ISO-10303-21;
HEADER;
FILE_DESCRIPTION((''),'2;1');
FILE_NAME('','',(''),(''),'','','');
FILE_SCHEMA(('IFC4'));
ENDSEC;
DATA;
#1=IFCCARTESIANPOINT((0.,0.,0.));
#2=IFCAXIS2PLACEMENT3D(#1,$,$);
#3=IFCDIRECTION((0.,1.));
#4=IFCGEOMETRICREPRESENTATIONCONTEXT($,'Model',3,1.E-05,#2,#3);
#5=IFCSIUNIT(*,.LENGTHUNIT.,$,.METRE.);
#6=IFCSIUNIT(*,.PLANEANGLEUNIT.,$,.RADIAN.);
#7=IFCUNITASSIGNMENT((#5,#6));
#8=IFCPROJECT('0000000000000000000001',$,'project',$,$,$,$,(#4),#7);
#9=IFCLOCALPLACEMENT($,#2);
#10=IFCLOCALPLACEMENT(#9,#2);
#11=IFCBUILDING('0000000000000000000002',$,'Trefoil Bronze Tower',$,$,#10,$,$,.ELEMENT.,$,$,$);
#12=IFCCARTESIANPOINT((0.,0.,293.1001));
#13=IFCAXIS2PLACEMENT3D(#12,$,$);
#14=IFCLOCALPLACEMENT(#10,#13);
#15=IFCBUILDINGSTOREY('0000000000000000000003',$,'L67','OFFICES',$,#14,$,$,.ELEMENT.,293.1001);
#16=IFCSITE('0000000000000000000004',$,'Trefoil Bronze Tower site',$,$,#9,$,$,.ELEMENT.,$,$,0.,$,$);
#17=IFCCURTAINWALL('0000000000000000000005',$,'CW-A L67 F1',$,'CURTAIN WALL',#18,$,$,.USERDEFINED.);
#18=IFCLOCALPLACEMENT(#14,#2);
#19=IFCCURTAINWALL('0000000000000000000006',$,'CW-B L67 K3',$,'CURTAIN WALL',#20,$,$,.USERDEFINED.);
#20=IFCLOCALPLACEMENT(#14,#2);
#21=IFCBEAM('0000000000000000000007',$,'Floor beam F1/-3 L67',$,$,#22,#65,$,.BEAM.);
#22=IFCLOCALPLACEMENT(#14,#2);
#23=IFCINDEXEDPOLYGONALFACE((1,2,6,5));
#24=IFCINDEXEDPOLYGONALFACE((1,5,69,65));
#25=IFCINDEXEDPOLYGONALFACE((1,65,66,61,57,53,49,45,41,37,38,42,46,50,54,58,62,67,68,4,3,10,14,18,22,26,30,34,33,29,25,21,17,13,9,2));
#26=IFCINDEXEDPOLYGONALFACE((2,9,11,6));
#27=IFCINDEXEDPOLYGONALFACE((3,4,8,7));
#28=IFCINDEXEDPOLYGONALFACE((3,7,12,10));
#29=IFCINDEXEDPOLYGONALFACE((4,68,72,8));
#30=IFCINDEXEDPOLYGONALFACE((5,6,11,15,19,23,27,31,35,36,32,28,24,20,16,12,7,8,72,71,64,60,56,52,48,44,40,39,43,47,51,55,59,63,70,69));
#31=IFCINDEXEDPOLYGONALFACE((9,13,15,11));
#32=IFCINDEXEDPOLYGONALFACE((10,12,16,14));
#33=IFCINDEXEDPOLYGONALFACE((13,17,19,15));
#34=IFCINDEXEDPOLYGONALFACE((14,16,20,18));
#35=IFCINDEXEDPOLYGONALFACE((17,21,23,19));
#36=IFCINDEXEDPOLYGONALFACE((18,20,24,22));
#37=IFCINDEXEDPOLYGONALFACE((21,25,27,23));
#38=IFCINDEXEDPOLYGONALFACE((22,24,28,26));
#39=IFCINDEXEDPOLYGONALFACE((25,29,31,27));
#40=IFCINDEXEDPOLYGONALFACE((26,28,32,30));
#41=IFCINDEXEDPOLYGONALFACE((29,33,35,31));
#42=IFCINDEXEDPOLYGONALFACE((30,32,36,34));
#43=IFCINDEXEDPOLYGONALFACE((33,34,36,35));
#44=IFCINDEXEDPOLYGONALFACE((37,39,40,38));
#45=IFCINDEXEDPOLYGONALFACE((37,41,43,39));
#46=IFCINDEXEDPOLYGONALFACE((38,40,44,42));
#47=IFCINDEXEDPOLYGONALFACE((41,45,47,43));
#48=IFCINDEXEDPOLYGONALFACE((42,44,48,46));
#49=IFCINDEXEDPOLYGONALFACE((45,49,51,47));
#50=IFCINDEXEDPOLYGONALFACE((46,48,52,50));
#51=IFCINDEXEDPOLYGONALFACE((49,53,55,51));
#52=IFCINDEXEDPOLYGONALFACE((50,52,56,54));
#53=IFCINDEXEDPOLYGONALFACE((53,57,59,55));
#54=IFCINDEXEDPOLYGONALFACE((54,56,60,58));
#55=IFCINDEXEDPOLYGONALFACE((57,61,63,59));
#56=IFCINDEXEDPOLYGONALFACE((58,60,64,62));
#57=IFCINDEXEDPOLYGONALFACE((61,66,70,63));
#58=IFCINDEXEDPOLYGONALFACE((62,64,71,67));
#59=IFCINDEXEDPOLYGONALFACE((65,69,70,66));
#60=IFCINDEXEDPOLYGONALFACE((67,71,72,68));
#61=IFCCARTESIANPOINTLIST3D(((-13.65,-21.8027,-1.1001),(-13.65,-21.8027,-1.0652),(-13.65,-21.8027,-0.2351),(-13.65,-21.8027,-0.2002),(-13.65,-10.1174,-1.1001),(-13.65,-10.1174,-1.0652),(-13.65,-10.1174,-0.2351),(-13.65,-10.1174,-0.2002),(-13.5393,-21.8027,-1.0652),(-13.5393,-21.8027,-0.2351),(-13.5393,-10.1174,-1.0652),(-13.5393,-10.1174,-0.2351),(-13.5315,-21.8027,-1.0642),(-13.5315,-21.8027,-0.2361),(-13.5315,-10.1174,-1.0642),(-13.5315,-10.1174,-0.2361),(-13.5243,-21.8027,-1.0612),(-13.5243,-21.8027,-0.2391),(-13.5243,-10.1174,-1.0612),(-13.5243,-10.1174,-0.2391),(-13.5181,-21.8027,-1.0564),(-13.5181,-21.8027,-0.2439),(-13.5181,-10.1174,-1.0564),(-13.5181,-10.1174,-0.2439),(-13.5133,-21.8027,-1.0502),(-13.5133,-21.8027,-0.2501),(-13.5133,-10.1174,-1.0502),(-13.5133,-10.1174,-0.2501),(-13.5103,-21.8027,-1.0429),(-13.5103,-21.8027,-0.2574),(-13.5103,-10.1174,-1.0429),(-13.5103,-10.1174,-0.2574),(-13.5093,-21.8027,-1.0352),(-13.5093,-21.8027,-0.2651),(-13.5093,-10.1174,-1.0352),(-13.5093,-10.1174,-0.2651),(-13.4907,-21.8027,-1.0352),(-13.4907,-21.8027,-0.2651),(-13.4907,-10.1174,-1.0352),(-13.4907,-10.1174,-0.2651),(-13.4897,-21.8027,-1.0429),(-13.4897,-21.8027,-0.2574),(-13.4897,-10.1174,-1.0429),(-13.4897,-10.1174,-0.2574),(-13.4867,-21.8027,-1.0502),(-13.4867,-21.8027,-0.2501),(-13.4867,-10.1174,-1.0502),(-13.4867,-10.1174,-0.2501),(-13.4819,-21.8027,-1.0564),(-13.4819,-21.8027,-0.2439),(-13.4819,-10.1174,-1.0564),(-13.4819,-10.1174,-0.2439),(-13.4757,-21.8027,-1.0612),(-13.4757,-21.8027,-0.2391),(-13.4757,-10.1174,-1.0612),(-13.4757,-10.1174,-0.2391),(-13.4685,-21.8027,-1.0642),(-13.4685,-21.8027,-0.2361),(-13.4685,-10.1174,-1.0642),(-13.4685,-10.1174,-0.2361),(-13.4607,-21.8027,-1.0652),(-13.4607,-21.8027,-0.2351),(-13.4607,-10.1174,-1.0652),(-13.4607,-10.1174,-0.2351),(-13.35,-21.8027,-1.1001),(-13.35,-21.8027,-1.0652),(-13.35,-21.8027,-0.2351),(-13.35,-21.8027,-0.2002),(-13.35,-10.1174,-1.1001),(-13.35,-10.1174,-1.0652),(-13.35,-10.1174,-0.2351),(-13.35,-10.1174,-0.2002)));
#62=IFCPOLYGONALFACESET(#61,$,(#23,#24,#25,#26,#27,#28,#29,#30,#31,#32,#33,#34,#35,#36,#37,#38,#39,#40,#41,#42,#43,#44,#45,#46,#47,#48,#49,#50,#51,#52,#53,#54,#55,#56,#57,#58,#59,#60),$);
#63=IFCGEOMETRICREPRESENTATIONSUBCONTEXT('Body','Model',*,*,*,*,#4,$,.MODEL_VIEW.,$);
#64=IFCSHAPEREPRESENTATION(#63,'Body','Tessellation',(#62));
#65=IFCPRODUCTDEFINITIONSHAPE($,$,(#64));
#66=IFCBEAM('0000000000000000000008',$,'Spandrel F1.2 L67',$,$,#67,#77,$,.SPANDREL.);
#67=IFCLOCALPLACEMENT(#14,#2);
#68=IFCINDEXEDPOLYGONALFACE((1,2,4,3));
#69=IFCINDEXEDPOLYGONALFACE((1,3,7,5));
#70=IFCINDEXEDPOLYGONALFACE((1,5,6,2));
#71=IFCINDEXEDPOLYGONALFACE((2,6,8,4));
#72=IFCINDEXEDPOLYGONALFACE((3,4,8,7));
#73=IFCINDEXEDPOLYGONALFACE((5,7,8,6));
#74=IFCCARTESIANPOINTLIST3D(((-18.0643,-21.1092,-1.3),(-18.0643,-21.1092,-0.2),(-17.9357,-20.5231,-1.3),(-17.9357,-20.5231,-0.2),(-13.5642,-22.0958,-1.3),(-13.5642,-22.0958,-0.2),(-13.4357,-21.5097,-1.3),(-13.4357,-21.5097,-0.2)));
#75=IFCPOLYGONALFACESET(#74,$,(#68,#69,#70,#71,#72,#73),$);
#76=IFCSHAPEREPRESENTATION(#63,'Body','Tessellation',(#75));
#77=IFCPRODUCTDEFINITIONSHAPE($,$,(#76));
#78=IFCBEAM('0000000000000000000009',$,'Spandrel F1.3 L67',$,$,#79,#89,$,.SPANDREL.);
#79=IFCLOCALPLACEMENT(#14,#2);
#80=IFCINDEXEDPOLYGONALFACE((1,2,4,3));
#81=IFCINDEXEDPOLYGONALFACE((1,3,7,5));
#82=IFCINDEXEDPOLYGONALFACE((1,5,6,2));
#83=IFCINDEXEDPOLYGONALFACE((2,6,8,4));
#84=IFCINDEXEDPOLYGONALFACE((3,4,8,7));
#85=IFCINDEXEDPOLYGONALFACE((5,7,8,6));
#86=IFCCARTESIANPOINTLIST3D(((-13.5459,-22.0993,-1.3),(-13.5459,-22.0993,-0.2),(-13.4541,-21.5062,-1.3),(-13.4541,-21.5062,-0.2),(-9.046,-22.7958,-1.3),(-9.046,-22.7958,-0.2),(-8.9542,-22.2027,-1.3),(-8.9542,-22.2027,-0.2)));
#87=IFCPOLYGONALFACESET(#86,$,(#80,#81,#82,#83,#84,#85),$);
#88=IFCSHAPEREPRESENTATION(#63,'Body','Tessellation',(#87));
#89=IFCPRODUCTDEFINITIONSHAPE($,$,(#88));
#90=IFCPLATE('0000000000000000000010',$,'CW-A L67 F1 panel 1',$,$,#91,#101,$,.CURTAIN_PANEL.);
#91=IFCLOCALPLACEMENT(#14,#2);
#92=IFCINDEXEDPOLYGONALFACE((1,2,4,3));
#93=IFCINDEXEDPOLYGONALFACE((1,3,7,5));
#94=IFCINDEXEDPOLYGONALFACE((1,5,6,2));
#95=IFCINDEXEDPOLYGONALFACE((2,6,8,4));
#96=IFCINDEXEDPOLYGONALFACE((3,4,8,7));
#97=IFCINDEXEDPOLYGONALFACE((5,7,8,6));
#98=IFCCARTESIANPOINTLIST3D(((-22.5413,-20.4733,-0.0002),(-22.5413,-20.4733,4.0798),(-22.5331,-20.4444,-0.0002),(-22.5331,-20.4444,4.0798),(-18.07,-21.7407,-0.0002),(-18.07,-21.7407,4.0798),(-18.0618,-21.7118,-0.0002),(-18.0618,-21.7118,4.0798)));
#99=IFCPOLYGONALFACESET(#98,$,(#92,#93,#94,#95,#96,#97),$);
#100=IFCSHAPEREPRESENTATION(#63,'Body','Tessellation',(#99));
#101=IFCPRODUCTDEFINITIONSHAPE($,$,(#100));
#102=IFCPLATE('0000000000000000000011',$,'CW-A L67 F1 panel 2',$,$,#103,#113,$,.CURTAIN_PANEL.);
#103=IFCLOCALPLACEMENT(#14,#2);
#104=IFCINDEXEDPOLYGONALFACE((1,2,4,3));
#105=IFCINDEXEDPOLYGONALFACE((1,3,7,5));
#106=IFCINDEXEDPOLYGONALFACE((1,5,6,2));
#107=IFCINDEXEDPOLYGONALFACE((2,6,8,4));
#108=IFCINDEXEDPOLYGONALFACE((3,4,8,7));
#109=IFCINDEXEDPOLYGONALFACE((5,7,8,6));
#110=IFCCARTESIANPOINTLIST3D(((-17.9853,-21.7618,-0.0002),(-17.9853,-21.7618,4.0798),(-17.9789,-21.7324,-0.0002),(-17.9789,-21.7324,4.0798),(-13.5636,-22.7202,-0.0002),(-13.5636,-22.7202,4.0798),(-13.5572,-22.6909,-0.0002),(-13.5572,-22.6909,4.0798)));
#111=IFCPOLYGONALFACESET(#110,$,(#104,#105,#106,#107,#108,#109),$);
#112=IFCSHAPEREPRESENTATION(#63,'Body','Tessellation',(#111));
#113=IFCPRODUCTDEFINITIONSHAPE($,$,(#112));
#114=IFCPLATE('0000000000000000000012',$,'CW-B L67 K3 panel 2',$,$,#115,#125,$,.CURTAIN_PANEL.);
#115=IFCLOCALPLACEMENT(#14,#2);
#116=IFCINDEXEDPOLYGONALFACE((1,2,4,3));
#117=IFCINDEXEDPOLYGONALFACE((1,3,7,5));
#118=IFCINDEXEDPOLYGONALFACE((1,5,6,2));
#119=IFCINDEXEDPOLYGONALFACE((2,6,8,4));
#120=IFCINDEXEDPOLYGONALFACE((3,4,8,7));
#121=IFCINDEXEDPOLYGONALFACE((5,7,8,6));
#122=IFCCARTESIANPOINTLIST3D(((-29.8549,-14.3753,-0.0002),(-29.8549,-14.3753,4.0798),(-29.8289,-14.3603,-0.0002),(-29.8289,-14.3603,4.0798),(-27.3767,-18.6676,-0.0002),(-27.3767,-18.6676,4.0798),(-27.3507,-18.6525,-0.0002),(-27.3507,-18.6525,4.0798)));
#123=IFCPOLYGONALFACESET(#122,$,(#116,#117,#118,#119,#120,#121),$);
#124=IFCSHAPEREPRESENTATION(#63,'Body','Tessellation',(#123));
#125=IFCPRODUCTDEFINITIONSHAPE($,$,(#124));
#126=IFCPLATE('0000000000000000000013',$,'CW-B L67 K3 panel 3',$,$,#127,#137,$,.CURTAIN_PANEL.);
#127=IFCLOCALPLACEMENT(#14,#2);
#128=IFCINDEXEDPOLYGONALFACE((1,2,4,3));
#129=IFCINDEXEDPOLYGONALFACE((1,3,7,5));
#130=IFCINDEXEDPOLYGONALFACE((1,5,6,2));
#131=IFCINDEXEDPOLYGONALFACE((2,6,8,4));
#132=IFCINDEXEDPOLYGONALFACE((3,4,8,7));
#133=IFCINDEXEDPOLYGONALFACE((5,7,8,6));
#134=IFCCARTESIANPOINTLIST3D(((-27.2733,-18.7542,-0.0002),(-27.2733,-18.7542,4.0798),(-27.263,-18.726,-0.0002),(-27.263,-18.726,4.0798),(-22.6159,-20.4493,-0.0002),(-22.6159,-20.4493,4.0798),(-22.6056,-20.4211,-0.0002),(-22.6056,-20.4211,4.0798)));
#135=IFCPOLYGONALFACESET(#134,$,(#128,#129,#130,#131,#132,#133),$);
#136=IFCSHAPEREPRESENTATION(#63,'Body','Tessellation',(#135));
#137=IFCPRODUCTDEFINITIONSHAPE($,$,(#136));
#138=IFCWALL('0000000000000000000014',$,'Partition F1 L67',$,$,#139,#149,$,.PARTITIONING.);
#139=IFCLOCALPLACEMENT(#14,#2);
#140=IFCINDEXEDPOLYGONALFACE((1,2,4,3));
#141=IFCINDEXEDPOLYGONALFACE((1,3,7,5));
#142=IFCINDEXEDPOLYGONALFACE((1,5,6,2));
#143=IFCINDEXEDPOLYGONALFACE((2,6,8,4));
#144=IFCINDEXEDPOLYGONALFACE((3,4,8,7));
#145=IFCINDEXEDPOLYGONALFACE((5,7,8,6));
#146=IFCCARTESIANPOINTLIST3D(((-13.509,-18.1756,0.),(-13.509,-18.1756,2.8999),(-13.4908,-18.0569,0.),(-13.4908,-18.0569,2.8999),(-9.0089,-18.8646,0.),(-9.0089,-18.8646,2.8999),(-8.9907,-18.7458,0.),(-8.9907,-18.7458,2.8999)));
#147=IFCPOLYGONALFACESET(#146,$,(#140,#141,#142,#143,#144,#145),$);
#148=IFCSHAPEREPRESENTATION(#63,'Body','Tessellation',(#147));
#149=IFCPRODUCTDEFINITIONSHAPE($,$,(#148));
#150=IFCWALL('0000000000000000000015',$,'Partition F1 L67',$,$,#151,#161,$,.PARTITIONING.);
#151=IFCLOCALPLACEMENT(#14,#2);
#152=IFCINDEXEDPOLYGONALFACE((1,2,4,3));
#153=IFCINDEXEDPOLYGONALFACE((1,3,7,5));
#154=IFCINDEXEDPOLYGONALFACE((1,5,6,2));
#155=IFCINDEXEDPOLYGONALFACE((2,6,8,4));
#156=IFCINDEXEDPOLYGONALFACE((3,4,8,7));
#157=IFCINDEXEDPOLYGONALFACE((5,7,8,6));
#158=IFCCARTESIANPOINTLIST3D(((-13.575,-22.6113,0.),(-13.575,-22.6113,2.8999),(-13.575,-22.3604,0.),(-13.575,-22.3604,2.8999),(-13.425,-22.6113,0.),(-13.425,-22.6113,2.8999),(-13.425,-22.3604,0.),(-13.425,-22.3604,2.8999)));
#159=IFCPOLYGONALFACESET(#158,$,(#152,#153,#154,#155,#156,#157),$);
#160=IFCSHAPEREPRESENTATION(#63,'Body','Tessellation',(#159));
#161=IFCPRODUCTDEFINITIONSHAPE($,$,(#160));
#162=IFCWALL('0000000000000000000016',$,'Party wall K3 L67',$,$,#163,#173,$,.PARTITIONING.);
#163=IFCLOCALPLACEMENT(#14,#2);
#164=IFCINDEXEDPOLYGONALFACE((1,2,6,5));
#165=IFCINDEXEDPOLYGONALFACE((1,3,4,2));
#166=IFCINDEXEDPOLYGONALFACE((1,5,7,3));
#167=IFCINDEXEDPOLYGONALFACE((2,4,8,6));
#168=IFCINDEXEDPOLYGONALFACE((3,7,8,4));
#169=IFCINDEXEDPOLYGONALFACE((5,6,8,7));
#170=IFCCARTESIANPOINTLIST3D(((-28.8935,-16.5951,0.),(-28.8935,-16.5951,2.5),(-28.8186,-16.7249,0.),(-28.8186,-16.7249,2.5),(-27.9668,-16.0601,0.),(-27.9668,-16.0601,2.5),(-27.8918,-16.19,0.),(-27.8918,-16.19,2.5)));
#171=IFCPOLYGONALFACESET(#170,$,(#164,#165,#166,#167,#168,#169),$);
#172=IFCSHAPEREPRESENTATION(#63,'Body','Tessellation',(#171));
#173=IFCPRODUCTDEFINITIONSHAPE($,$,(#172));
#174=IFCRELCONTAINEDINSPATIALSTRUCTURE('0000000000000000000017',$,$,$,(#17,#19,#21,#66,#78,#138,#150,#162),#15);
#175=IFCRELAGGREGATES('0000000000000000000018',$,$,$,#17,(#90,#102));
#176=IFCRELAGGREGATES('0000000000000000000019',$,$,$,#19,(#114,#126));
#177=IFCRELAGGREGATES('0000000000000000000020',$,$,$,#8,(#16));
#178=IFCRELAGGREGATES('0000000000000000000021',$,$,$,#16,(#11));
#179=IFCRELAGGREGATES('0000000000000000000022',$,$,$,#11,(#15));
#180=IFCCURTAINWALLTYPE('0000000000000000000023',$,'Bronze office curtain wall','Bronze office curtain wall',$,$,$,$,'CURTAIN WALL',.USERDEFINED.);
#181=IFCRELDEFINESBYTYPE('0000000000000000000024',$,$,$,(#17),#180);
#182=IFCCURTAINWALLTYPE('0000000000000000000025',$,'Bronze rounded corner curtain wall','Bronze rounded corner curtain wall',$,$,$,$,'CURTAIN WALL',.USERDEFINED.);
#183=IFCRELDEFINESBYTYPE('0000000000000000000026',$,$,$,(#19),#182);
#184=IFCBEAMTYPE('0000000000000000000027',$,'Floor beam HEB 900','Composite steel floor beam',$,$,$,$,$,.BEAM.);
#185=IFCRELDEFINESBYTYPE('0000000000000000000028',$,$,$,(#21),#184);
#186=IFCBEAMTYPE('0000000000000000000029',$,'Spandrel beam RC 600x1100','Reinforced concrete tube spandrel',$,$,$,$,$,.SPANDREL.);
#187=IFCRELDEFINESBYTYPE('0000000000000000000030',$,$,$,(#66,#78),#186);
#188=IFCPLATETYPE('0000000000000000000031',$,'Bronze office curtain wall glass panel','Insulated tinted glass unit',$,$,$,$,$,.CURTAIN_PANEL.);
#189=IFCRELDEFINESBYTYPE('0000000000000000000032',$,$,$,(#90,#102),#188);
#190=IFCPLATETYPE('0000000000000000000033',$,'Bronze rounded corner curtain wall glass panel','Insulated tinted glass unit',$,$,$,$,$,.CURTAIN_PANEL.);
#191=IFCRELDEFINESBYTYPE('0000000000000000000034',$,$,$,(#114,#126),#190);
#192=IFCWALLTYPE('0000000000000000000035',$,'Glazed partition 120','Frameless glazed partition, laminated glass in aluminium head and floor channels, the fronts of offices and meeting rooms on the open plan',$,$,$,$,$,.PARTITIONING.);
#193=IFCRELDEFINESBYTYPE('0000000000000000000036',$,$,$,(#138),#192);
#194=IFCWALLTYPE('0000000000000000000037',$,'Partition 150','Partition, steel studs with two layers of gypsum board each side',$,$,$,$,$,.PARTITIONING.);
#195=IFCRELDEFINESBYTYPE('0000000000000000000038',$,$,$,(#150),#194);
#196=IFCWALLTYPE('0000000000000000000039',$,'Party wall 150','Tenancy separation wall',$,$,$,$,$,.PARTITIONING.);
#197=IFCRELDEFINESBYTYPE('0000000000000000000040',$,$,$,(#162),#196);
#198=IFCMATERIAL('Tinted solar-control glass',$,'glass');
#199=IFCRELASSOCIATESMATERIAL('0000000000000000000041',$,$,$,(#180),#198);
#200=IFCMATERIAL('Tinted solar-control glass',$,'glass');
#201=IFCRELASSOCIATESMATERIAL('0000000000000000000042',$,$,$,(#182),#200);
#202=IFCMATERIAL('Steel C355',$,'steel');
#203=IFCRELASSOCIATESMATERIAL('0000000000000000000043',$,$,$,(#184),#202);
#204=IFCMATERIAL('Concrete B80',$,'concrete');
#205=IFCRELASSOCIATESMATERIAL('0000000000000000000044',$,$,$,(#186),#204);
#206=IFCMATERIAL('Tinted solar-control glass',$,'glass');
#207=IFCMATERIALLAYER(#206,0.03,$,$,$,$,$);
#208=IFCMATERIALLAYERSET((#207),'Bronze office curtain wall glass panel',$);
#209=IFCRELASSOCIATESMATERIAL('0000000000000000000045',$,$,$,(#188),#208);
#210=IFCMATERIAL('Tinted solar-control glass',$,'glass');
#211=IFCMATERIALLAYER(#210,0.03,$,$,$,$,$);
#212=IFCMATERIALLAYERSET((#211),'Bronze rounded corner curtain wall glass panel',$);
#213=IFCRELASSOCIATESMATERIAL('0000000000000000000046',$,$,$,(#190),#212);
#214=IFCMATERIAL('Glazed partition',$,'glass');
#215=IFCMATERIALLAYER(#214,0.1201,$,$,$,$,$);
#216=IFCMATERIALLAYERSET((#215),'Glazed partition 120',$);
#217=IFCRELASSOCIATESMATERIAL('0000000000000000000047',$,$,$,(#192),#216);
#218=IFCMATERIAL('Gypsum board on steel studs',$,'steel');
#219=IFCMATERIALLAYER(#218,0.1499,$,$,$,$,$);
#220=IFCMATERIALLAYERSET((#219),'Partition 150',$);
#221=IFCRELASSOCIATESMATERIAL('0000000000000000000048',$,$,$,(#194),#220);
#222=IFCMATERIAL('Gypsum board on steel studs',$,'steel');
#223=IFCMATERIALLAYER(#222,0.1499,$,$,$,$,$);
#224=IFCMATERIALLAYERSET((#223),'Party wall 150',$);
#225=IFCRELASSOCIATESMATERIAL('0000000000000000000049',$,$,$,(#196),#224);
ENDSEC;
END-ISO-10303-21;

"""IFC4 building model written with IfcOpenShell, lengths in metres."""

from ifc_helpers import new_model, si_unit, direction, frame, frame_2d, origin, origin_2d, place, context, subcontext, project, spatial, rectangle, i_section, extrude, material, layer, layer_set, material_profile, profile_set, type_object, element, aggregate, save


model = new_model("IFC4")

# Units and contexts
model_context = context("Model", 3, precision=1e-05, world=origin(), true_north=direction((0.0, 1.0)))
body_context = subcontext(model_context, "Body", "Model", "MODEL_VIEW")
ifc_project = project(units=[si_unit("LENGTHUNIT", "METRE"), si_unit("PLANEANGLEUNIT", "RADIAN")], contexts=[model_context])

# Site, building, storey
site_placement = place(None, origin())
site = spatial("IfcSite", under=ifc_project, at=site_placement, Name="Trefoil Bronze Tower site", CompositionType="ELEMENT", RefElevation=0.0)
building_placement = place(site_placement, origin())
building = spatial("IfcBuilding", under=site, at=building_placement, Name="Trefoil Bronze Tower", CompositionType="ELEMENT")
storey_placement = place(building_placement, frame((0.0, 0.0, 293.1001)))
storey = spatial("IfcBuildingStorey", under=building, at=storey_placement, Name="L67", Description="OFFICES", CompositionType="ELEMENT", Elevation=293.1001)

# Curtain walls
ifc_material_1 = material(Name="Tinted solar-control glass", Category="glass")
curtain_wall_type_1 = type_object("IfcCurtainWallType", Name="Bronze office curtain wall", Description="Bronze office curtain wall", ElementType="CURTAIN WALL", PredefinedType="USERDEFINED", material=ifc_material_1)
curtain_wall_1_placement = place(storey_placement, origin())
curtain_wall_1 = element("IfcCurtainWall", 1, at=curtain_wall_1_placement, inside=storey, type_object=curtain_wall_type_1, Name="CW-A L67 F1", ObjectType="CURTAIN WALL", PredefinedType="USERDEFINED")
ifc_material_2 = material(Name="Tinted solar-control glass", Category="glass")
curtain_wall_type_2 = type_object("IfcCurtainWallType", Name="Bronze rounded corner curtain wall", Description="Bronze rounded corner curtain wall", ElementType="CURTAIN WALL", PredefinedType="USERDEFINED", material=ifc_material_2)
curtain_wall_2_placement = place(storey_placement, origin())
curtain_wall_2 = element("IfcCurtainWall", 2, at=curtain_wall_2_placement, inside=storey, type_object=curtain_wall_type_2, Name="CW-B L67 K3", ObjectType="CURTAIN WALL", PredefinedType="USERDEFINED")

# Beams
ifc_material_3 = material(Name="Steel C355", Category="steel")
ifc_material_profile_1 = material_profile(ifc_material_3, i_section(OverallWidth=0.3, OverallDepth=0.8999, WebThickness=0.0186, FlangeThickness=0.0349, FilletRadius=0.03, at=origin_2d()), Name="HEB 900")
ifc_profile_set_1 = profile_set([ifc_material_profile_1], Name="Steel C355")
beam_type_1 = type_object("IfcBeamType", Name="Floor beam HEB 900", Description="Composite steel floor beam", PredefinedType="BEAM", material=ifc_profile_set_1)
beam_1_placement = place(storey_placement, frame((-13.5, -21.8027, -0.6501), z_axis=(0.0, 1.0, 0.0), x_axis=(-1.0, 0.0, 0.0)))
element("IfcBeam", 3, at=beam_1_placement, inside=storey, type_object=beam_type_1, Name="Floor beam F1/-3 L67", PredefinedType="BEAM", context=body_context, shape_type="SweptSolid", body=[
    extrude(i_section(OverallWidth=0.3, OverallDepth=0.8999, WebThickness=0.0186, FlangeThickness=0.0349, FilletRadius=0.03, at=origin_2d()), origin(), (0.0, 0.0, 1.0), 11.6853),
])
ifc_material_4 = material(Name="Concrete B80", Category="concrete")
ifc_material_profile_2 = material_profile(ifc_material_4, rectangle(XDim=0.6001, YDim=1.1001, at=origin_2d()), Name="RC 600x1100")
ifc_profile_set_2 = profile_set([ifc_material_profile_2], Name="Concrete B80")
beam_type_2 = type_object("IfcBeamType", Name="Spandrel beam RC 600x1100", Description="Reinforced concrete tube spandrel", PredefinedType="SPANDREL", material=ifc_profile_set_2)
beam_2_placement = place(storey_placement, frame((-18.0, -20.8162, -0.75), z_axis=(0.9768, -0.214152, 0.0), x_axis=(0.214152, 0.9768, 0.0)))
element("IfcBeam", 4, at=beam_2_placement, inside=storey, type_object=beam_type_2, Name="Spandrel F1.2 L67", PredefinedType="SPANDREL", context=body_context, shape_type="SweptSolid", body=[
    extrude(rectangle(XDim=0.6001, YDim=1.1001, at=origin_2d()), origin(), (0.0, 0.0, 1.0), 4.6069),
])
beam_3_placement = place(storey_placement, frame((-13.5, -21.8027, -0.75), z_axis=(0.988232, -0.152964, 0.0), x_axis=(0.152964, 0.988232, 0.0)))
element("IfcBeam", 5, at=beam_3_placement, inside=storey, type_object=beam_type_2, Name="Spandrel F1.3 L67", PredefinedType="SPANDREL", context=body_context, shape_type="SweptSolid", body=[
    extrude(rectangle(XDim=0.6001, YDim=1.1001, at=origin_2d()), origin(), (0.0, 0.0, 1.0), 4.5535),
])

# Plates
ifc_material_5 = material(Name="Tinted solar-control glass", Category="glass")
ifc_layer_1 = layer(ifc_material_5, 0.03)
ifc_layer_set_1 = layer_set([ifc_layer_1], Name="Bronze office curtain wall glass panel")
plate_type_1 = type_object("IfcPlateType", Name="Bronze office curtain wall glass panel", Description="Insulated tinted glass unit", PredefinedType="CURTAIN_PANEL", material=ifc_layer_set_1)
plate_1_placement = place(storey_placement, frame((-20.3015, -21.0925, -0.0002), z_axis=(0.0, 0.0, 1.0), x_axis=(0.962098, -0.272705, 0.0)))
plate_1 = element("IfcPlate", 6, at=plate_1_placement, type_object=plate_type_1, Name="CW-A L67 F1 panel 1", PredefinedType="CURTAIN_PANEL", context=body_context, shape_type="SweptSolid", body=[
    extrude(rectangle(XDim=4.6475, YDim=0.03, at=origin_2d()), origin(), (0.0, 0.0, 1.0), 4.0801),
])
plate_2_placement = place(storey_placement, frame((-15.7712, -22.2263, -0.0002), z_axis=(0.0, 0.0, 1.0), x_axis=(0.977303, -0.211846, 0.0)))
plate_2 = element("IfcPlate", 7, at=plate_2_placement, type_object=plate_type_1, Name="CW-A L67 F1 panel 2", PredefinedType="CURTAIN_PANEL", context=body_context, shape_type="SweptSolid", body=[
    extrude(rectangle(XDim=4.5244, YDim=0.03, at=origin_2d()), origin(), (0.0, 0.0, 1.0), 4.0801),
])
aggregate(curtain_wall_1, [plate_1, plate_2])
ifc_material_6 = material(Name="Tinted solar-control glass", Category="glass")
ifc_layer_2 = layer(ifc_material_6, 0.03)
ifc_layer_set_2 = layer_set([ifc_layer_2], Name="Bronze rounded corner curtain wall glass panel")
plate_type_2 = type_object("IfcPlateType", Name="Bronze rounded corner curtain wall glass panel", Description="Insulated tinted glass unit", PredefinedType="CURTAIN_PANEL", material=ifc_layer_set_2)
plate_3_placement = place(storey_placement, frame((-28.6028, -16.5139, -0.0002), z_axis=(0.0, 0.0, 1.0), x_axis=(0.5, -0.866025, 0.0)))
plate_3 = element("IfcPlate", 8, at=plate_3_placement, type_object=plate_type_2, Name="CW-B L67 K3 panel 2", PredefinedType="CURTAIN_PANEL", context=body_context, shape_type="SweptSolid", body=[
    extrude(rectangle(XDim=4.9563, YDim=0.03, at=origin_2d()), origin(), (0.0, 0.0, 1.0), 4.0801),
])
plate_4_placement = place(storey_placement, frame((-24.9395, -19.5876, -0.0002), z_axis=(0.0, 0.0, 1.0), x_axis=(0.939693, -0.34202, 0.0)))
plate_4 = element("IfcPlate", 9, at=plate_4_placement, type_object=plate_type_2, Name="CW-B L67 K3 panel 3", PredefinedType="CURTAIN_PANEL", context=body_context, shape_type="SweptSolid", body=[
    extrude(rectangle(XDim=4.9563, YDim=0.03, at=origin_2d()), origin(), (0.0, 0.0, 1.0), 4.0801),
])
aggregate(curtain_wall_2, [plate_3, plate_4])

# Walls
ifc_material_7 = material(Name="Glazed partition", Category="glass")
ifc_layer_3 = layer(ifc_material_7, 0.1201)
ifc_layer_set_3 = layer_set([ifc_layer_3], Name="Glazed partition 120")
wall_type_1 = type_object("IfcWallType", Name="Glazed partition 120", Description="Frameless glazed partition, laminated glass in aluminium head and floor channels, the fronts of offices and meeting rooms on the open plan", PredefinedType="PARTITIONING", material=ifc_layer_set_3)
wall_1_placement = place(storey_placement, frame((-13.5, -18.1162, 0.0), z_axis=(0.0, 0.0, 1.0), x_axis=(0.988482, -0.15134, 0.0)))
element("IfcWall", 10, at=wall_1_placement, inside=storey, type_object=wall_type_1, Name="Partition F1 L67", PredefinedType="PARTITIONING", context=body_context, shape_type="SweptSolid", body=[
    extrude(rectangle(XDim=4.5525, YDim=0.1201, at=frame_2d((2.2764, 0.0))), origin(), (0.0, 0.0, 1.0), 2.8999),
])
ifc_material_8 = material(Name="Gypsum board on steel studs", Category="steel")
ifc_layer_4 = layer(ifc_material_8, 0.1499)
ifc_layer_set_4 = layer_set([ifc_layer_4], Name="Partition 150")
wall_type_2 = type_object("IfcWallType", Name="Partition 150", Description="Partition, steel studs with two layers of gypsum board each side", PredefinedType="PARTITIONING", material=ifc_layer_set_4)
wall_2_placement = place(storey_placement, frame((-13.5, -22.3604, 0.0), z_axis=(0.0, 0.0, 1.0), x_axis=(0.0, -1.0, 0.0)))
element("IfcWall", 11, at=wall_2_placement, inside=storey, type_object=wall_type_2, Name="Partition F1 L67", PredefinedType="PARTITIONING", context=body_context, shape_type="SweptSolid", body=[
    extrude(rectangle(XDim=0.251, YDim=0.1499, at=frame_2d((0.1255, 0.0))), origin(), (0.0, 0.0, 1.0), 2.8999),
])
ifc_material_9 = material(Name="Gypsum board on steel studs", Category="steel")
ifc_layer_5 = layer(ifc_material_9, 0.1499)
ifc_layer_set_5 = layer_set([ifc_layer_5], Name="Party wall 150")
wall_type_3 = type_object("IfcWallType", Name="Party wall 150", Description="Tenancy separation wall", PredefinedType="PARTITIONING", material=ifc_layer_set_5)
wall_3_placement = place(storey_placement, frame((-27.9292, -16.125, 0.0), z_axis=(0.0, 0.0, 1.0), x_axis=(-0.866087, -0.499894, 0.0)))
element("IfcWall", 12, at=wall_3_placement, inside=storey, type_object=wall_type_3, Name="Party wall K3 L67", PredefinedType="PARTITIONING", context=body_context, shape_type="SweptSolid", body=[
    extrude(rectangle(XDim=1.0701, YDim=0.1499, at=frame_2d((0.5352, 0.0))), origin(), (0.0, 0.0, 1.0), 2.5),
])

save(model, "model.ifc")
